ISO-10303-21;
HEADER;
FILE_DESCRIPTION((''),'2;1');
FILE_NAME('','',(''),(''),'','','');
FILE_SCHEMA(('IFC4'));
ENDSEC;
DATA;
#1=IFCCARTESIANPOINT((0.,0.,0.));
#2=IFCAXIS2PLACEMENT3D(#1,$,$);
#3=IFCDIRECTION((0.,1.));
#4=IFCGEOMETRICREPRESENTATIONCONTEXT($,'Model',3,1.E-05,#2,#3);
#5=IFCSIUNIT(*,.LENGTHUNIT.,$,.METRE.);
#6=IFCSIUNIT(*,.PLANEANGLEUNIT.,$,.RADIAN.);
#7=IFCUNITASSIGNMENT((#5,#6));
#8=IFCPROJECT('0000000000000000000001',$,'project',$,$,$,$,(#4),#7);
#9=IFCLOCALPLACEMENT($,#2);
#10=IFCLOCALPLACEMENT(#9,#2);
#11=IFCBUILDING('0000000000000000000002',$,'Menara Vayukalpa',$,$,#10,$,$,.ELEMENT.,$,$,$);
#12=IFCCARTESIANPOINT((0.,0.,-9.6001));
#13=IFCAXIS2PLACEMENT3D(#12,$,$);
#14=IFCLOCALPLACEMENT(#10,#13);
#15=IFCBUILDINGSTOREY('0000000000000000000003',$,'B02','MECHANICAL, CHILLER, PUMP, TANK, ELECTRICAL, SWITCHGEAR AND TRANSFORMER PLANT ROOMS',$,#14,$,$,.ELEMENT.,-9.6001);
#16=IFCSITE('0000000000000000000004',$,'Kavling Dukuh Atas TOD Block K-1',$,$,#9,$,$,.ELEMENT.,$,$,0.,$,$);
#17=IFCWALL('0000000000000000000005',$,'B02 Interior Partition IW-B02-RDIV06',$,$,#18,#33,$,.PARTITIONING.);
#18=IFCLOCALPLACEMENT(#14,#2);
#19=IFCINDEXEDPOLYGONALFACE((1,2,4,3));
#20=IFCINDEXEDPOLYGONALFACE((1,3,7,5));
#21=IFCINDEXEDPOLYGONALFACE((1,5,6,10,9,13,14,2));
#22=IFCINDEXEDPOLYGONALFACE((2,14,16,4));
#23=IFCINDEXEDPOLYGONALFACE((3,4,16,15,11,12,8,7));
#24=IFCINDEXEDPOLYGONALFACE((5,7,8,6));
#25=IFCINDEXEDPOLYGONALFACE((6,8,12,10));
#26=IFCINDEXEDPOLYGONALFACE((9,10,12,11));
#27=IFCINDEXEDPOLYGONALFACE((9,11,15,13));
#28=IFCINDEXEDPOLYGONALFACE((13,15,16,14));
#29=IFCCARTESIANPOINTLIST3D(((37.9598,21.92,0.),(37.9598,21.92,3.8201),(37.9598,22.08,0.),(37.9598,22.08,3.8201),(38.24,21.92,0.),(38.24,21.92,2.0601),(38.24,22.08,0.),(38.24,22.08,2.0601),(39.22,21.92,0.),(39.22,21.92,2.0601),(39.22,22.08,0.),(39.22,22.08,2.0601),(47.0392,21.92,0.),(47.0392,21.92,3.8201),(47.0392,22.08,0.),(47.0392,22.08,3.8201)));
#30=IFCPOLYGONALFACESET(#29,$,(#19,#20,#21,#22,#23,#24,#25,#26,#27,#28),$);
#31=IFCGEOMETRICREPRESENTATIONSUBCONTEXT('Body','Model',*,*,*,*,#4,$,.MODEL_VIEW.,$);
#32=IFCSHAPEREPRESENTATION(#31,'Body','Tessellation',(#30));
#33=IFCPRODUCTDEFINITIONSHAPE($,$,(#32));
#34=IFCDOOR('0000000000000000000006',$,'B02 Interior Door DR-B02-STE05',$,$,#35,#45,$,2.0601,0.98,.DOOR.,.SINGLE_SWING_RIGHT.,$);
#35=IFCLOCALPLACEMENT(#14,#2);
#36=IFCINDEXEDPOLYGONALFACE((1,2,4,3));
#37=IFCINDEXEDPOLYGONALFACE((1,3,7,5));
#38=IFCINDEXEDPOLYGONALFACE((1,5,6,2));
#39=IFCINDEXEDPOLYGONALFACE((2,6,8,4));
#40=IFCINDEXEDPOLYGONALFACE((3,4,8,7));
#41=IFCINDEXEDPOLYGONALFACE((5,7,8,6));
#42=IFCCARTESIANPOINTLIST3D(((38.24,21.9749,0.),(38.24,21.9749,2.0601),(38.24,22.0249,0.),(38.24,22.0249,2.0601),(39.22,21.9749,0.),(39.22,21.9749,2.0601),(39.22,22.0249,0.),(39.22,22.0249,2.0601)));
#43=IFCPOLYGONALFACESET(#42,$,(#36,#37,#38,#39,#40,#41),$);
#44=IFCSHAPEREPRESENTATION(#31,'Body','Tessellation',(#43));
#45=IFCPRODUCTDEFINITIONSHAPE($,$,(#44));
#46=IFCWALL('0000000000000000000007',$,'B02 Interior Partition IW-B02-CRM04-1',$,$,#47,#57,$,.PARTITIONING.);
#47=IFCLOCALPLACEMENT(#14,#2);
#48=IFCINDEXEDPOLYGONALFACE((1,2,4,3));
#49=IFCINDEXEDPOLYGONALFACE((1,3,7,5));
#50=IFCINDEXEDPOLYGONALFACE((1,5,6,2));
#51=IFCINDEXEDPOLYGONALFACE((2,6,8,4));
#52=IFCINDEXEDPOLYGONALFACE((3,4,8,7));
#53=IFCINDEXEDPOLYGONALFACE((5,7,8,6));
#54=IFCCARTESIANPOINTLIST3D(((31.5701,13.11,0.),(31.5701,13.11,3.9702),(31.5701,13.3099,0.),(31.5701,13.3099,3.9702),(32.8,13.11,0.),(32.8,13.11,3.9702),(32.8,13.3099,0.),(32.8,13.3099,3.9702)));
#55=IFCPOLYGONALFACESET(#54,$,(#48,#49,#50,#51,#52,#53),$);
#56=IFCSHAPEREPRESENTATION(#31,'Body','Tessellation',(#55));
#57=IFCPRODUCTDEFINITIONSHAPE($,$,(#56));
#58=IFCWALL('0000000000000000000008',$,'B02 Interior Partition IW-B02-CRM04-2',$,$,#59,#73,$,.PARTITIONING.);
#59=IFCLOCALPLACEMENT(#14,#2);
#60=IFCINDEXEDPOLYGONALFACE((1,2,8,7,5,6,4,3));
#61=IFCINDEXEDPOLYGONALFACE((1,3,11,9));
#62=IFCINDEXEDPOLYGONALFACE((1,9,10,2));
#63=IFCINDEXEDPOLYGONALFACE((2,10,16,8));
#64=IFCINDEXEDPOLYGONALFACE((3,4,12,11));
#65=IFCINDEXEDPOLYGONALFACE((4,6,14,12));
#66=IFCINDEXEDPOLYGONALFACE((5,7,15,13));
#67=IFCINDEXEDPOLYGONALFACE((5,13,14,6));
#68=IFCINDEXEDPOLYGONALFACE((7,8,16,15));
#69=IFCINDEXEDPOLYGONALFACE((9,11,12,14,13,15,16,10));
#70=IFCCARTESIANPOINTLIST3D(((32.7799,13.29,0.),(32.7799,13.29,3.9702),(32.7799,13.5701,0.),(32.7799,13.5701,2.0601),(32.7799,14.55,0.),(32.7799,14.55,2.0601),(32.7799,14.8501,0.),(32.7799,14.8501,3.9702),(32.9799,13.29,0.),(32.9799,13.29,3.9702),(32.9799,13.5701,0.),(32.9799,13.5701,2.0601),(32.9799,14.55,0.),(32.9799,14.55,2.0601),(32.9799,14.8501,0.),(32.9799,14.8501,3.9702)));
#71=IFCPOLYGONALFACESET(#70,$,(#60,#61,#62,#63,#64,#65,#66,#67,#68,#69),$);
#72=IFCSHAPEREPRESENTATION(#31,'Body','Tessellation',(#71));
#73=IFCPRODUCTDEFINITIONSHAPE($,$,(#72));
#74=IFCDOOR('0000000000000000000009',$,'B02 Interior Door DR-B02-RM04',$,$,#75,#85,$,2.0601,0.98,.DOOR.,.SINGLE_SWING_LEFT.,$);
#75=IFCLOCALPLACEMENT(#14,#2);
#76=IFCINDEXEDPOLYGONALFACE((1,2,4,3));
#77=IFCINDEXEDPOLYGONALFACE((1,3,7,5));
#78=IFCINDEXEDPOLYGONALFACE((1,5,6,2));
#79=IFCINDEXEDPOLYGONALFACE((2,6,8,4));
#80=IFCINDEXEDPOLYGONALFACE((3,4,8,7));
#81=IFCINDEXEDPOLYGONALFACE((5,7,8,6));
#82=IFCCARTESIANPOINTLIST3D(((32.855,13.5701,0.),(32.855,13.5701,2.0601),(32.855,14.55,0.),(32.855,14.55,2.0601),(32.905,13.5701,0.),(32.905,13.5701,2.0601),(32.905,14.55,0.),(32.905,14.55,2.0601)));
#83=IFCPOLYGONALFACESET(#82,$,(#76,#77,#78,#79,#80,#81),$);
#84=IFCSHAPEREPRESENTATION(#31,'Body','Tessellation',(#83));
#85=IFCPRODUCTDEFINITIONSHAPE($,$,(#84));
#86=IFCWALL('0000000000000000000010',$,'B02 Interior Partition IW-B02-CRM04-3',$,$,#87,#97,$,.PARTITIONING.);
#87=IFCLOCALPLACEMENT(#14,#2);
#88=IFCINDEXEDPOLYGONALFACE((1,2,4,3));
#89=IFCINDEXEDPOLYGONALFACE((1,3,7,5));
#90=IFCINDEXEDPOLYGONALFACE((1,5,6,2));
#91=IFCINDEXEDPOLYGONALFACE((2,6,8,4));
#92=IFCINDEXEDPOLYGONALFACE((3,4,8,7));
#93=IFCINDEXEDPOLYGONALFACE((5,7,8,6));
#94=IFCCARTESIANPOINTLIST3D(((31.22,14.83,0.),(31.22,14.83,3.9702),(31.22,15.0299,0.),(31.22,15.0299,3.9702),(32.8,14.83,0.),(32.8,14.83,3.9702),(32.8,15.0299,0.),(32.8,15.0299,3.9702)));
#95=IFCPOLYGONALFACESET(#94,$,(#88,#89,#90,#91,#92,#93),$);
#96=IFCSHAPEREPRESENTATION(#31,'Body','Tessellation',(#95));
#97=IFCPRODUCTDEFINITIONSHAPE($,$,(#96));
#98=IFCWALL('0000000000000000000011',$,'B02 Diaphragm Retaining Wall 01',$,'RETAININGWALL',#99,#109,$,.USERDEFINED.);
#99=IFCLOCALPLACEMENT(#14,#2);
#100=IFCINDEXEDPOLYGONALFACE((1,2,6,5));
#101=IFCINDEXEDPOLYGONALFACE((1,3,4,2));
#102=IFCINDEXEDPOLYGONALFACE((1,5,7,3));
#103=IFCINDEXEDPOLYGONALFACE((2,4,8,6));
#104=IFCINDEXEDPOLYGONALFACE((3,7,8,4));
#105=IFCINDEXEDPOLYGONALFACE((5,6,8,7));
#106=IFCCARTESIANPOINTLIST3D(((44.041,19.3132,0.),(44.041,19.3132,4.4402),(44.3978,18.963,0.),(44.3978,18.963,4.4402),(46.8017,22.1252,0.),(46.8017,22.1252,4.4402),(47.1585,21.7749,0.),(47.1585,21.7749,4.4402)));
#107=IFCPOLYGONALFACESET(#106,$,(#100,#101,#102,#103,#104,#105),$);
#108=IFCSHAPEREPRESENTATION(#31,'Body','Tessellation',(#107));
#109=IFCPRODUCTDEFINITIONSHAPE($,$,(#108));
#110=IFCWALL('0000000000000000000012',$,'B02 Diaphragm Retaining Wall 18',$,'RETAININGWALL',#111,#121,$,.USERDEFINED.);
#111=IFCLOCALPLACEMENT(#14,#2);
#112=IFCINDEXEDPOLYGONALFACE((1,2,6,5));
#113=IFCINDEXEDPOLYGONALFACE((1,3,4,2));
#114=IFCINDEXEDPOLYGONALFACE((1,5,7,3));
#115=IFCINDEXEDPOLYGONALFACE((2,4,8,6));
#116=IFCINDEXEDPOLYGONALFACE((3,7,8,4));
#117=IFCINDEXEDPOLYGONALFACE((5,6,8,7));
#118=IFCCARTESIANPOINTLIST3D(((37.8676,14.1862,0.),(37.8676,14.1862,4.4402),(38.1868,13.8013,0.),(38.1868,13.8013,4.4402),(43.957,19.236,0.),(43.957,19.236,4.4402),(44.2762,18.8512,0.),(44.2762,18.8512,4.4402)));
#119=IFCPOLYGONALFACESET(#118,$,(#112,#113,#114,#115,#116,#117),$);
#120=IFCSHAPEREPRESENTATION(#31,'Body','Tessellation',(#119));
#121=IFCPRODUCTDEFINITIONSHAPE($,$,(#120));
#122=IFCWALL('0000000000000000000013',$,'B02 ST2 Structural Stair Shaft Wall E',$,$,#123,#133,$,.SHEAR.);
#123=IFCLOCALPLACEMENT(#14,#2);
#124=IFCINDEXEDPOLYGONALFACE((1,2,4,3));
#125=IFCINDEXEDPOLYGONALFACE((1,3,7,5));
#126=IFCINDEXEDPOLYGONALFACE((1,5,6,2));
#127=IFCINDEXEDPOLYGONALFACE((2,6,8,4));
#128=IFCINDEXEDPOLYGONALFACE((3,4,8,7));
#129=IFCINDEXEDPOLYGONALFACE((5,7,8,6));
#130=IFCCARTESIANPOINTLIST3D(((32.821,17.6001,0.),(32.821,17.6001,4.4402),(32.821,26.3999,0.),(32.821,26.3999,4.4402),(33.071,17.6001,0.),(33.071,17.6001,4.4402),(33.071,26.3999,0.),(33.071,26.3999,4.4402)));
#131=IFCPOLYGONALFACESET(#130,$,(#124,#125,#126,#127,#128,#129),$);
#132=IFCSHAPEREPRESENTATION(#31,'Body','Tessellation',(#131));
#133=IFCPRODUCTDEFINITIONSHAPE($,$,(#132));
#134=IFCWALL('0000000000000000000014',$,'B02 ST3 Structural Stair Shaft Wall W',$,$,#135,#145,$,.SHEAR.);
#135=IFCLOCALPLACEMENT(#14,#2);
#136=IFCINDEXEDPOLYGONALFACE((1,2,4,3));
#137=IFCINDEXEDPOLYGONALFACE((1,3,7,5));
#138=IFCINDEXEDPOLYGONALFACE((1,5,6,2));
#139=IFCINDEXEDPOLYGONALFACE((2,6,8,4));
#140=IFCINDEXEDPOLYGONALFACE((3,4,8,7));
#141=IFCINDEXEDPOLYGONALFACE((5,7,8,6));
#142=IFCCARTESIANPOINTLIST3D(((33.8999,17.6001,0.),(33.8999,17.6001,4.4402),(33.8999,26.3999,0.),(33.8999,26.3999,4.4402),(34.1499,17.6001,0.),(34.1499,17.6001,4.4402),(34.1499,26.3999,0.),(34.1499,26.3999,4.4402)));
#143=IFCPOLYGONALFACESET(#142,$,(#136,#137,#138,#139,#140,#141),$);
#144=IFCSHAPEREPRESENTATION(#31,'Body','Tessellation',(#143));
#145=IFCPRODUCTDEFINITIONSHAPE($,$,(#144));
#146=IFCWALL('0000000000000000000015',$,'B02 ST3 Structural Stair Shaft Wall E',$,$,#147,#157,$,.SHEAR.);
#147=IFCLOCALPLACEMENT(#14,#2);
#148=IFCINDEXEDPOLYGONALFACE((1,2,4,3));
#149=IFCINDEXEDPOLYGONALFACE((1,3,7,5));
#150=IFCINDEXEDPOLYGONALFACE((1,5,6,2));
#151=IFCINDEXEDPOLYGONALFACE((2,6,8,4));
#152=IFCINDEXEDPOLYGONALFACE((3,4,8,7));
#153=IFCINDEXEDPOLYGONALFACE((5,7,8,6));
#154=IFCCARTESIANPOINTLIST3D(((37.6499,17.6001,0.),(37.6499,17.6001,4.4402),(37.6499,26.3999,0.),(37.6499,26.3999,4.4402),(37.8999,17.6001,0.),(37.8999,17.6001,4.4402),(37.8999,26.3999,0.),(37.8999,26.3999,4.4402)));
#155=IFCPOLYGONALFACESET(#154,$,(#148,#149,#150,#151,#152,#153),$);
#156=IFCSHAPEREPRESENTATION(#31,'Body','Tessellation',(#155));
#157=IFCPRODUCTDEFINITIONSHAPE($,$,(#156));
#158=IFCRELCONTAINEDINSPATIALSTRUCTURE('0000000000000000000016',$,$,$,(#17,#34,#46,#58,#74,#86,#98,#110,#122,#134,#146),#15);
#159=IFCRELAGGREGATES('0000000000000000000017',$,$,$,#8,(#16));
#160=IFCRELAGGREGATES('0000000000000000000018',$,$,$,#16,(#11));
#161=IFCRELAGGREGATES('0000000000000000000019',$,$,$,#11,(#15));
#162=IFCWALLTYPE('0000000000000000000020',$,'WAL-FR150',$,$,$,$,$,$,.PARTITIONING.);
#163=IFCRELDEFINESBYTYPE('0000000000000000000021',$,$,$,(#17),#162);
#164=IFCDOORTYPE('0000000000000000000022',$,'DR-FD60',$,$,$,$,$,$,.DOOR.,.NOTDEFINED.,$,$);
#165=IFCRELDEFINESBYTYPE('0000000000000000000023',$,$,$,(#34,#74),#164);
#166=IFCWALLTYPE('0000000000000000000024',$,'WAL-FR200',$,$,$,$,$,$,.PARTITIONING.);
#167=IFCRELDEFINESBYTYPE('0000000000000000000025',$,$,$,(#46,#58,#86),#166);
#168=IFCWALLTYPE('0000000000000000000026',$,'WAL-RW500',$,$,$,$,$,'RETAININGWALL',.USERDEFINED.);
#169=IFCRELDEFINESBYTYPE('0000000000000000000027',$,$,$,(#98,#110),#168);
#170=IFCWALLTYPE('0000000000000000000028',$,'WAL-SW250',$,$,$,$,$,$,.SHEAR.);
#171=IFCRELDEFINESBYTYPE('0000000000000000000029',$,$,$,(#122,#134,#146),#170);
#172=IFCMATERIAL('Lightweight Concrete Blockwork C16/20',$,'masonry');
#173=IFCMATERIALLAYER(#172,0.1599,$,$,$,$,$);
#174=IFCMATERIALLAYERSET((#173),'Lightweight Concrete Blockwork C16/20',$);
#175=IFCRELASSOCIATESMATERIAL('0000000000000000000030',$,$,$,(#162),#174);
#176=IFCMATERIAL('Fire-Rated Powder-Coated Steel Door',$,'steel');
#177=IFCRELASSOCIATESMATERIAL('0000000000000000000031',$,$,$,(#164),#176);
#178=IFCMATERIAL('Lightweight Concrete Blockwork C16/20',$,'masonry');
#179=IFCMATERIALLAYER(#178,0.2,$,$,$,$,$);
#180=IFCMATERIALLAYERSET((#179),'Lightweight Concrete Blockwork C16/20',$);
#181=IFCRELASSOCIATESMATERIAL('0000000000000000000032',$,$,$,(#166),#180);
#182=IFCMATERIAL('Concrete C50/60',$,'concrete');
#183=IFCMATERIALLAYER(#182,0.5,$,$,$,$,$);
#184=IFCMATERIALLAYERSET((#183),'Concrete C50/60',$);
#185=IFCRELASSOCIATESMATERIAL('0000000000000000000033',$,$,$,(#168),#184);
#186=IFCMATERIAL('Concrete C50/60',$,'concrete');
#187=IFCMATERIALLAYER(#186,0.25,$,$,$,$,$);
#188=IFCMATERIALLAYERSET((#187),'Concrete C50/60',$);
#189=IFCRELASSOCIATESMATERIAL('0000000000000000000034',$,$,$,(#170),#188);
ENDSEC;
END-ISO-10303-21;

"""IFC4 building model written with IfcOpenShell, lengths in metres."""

from ifc_helpers import new_model, si_unit, direction, frame, frame_2d, origin, place, context, subcontext, project, spatial, rectangle, extrude, material, layer, layer_set, type_object, element, fill, save


model = new_model("IFC4")

# Units and contexts
model_context = context("Model", 3, precision=1e-05, world=origin(), true_north=direction((0.0, 1.0)))
body_context = subcontext(model_context, "Body", "Model", "MODEL_VIEW")
ifc_project = project(units=[si_unit("LENGTHUNIT", "METRE"), si_unit("PLANEANGLEUNIT", "RADIAN")], contexts=[model_context])

# Site, building, storey
site_placement = place(None, origin())
site = spatial("IfcSite", under=ifc_project, at=site_placement, Name="Kavling Dukuh Atas TOD Block K-1", CompositionType="ELEMENT", RefElevation=0.0)
building_placement = place(site_placement, origin())
building = spatial("IfcBuilding", under=site, at=building_placement, Name="Menara Vayukalpa", CompositionType="ELEMENT")
storey_placement = place(building_placement, frame((0.0, 0.0, -9.6001)))
storey = spatial("IfcBuildingStorey", under=building, at=storey_placement, Name="B02", Description="MECHANICAL, CHILLER, PUMP, TANK, ELECTRICAL, SWITCHGEAR AND TRANSFORMER PLANT ROOMS", CompositionType="ELEMENT", Elevation=-9.6001)

# Wall, opening, door
ifc_material_1 = material(Name="Lightweight Concrete Blockwork C16/20", Category="masonry")
ifc_layer_1 = layer(ifc_material_1, 0.1599)
ifc_layer_set_1 = layer_set([ifc_layer_1], Name="Lightweight Concrete Blockwork C16/20")
wall_type_1 = type_object("IfcWallType", Name="WAL-FR150", PredefinedType="PARTITIONING", material=ifc_layer_set_1)
wall_1_placement = place(storey_placement, frame((37.96, 22.0, 0.0), z_axis=(0.0, 0.0, 1.0), x_axis=(1.0, 0.0, 0.0)))
wall_1 = element("IfcWall", 1, at=wall_1_placement, inside=storey, type_object=wall_type_1, Name="B02 Interior Partition IW-B02-RDIV06", PredefinedType="PARTITIONING", context=body_context, shape_type="SweptSolid", body=[
    extrude(rectangle(XDim=9.0793, YDim=0.1599, at=frame_2d((4.5396, 0.0))), origin(), (0.0, 0.0, 1.0), 3.8201),
])
opening_1_placement = place(wall_1_placement, frame((0.28, 0.0, 0.0)))
opening_1 = element("IfcOpeningElement", 2, at=opening_1_placement, cuts=wall_1, PredefinedType="OPENING", context=body_context, shape_type="SweptSolid", body=[
    extrude(rectangle(XDim=0.98, YDim=2.0601, at=frame_2d((0.49, 1.03))), frame((0.0, 0.0898, 0.0), z_axis=(0.0, -1.0, 0.0), x_axis=(1.0, 0.0, 0.0)), (0.0, 0.0, 1.0), 0.1799),
])
ifc_material_2 = material(Name="Fire-Rated Powder-Coated Steel Door", Category="steel")
door_type_1 = type_object("IfcDoorType", Name="DR-FD60", OperationType="NOTDEFINED", PredefinedType="DOOR", material=ifc_material_2)
door_1_placement = place(opening_1_placement, origin())
door_1 = element("IfcDoor", 3, at=door_1_placement, inside=storey, type_object=door_type_1, Name="B02 Interior Door DR-B02-STE05", OperationType="SINGLE_SWING_RIGHT", OverallHeight=2.0601, OverallWidth=0.98, PredefinedType="DOOR", context=body_context, shape_type="SweptSolid", body=[
    extrude(rectangle(XDim=0.98, YDim=2.0601, at=frame_2d((0.49, 1.03))), frame((0.0, 0.0249, 0.0), z_axis=(0.0, -1.0, 0.0), x_axis=(1.0, 0.0, 0.0)), (0.0, 0.0, 1.0), 0.05),
])
fill(opening_1, door_1)

# Wall
ifc_material_3 = material(Name="Lightweight Concrete Blockwork C16/20", Category="masonry")
ifc_layer_2 = layer(ifc_material_3, 0.2)
ifc_layer_set_2 = layer_set([ifc_layer_2], Name="Lightweight Concrete Blockwork C16/20")
wall_type_2 = type_object("IfcWallType", Name="WAL-FR200", PredefinedType="PARTITIONING", material=ifc_layer_set_2)
wall_2_placement = place(storey_placement, frame((31.5701, 13.21, 0.0), z_axis=(0.0, 0.0, 1.0), x_axis=(1.0, 0.0, 0.0)))
element("IfcWall", 4, at=wall_2_placement, inside=storey, type_object=wall_type_2, Name="B02 Interior Partition IW-B02-CRM04-1", PredefinedType="PARTITIONING", context=body_context, shape_type="SweptSolid", body=[
    extrude(rectangle(XDim=1.23, YDim=0.2, at=frame_2d((0.615, 0.0))), origin(), (0.0, 0.0, 1.0), 3.9702),
])

# Wall, opening, door
wall_3_placement = place(storey_placement, frame((32.8799, 13.29, 0.0), z_axis=(0.0, 0.0, 1.0), x_axis=(0.0, 1.0, 0.0)))
wall_3 = element("IfcWall", 5, at=wall_3_placement, inside=storey, type_object=wall_type_2, Name="B02 Interior Partition IW-B02-CRM04-2", PredefinedType="PARTITIONING", context=body_context, shape_type="SweptSolid", body=[
    extrude(rectangle(XDim=1.5601, YDim=0.2, at=frame_2d((0.78, 0.0))), origin(), (0.0, 0.0, 1.0), 3.9702),
])
opening_2_placement = place(wall_3_placement, frame((0.28, 0.0, 0.0)))
opening_2 = element("IfcOpeningElement", 6, at=opening_2_placement, cuts=wall_3, PredefinedType="OPENING", context=body_context, shape_type="SweptSolid", body=[
    extrude(rectangle(XDim=0.98, YDim=2.0601, at=frame_2d((0.49, 1.03))), frame((0.0, 0.1099, 0.0), z_axis=(0.0, -1.0, 0.0), x_axis=(1.0, 0.0, 0.0)), (0.0, 0.0, 1.0), 0.22),
])
door_2_placement = place(opening_2_placement, origin())
door_2 = element("IfcDoor", 7, at=door_2_placement, inside=storey, type_object=door_type_1, Name="B02 Interior Door DR-B02-RM04", OperationType="SINGLE_SWING_LEFT", OverallHeight=2.0601, OverallWidth=0.98, PredefinedType="DOOR", context=body_context, shape_type="SweptSolid", body=[
    extrude(rectangle(XDim=0.98, YDim=2.0601, at=frame_2d((0.49, 1.03))), frame((0.0, 0.0249, 0.0), z_axis=(0.0, -1.0, 0.0), x_axis=(1.0, 0.0, 0.0)), (0.0, 0.0, 1.0), 0.05),
])
fill(opening_2, door_2)

# Walls
wall_4_placement = place(storey_placement, frame((32.8, 14.9299, 0.0), z_axis=(0.0, 0.0, 1.0), x_axis=(-1.0, 0.0, 0.0)))
element("IfcWall", 8, at=wall_4_placement, inside=storey, type_object=wall_type_2, Name="B02 Interior Partition IW-B02-CRM04-3", PredefinedType="PARTITIONING", context=body_context, shape_type="SweptSolid", body=[
    extrude(rectangle(XDim=1.5801, YDim=0.2, at=frame_2d((0.79, 0.0))), origin(), (0.0, 0.0, 1.0), 3.9702),
])
ifc_material_4 = material(Name="Concrete C50/60", Category="concrete")
ifc_layer_3 = layer(ifc_material_4, 0.5)
ifc_layer_set_3 = layer_set([ifc_layer_3], Name="Concrete C50/60")
wall_type_3 = type_object("IfcWallType", Name="WAL-RW500", ElementType="RETAININGWALL", PredefinedType="USERDEFINED", material=ifc_layer_set_3)
wall_5_placement = place(storey_placement, frame((44.2195, 19.1382, 0.0), z_axis=(0.0, 0.0, 1.0), x_axis=(0.700572, 0.713582, 0.0)))
element("IfcWall", 9, at=wall_5_placement, inside=storey, type_object=wall_type_3, Name="B02 Diaphragm Retaining Wall 01", ObjectType="RETAININGWALL", PredefinedType="USERDEFINED", context=body_context, shape_type="SweptSolid", body=[
    extrude(rectangle(XDim=3.9407, YDim=0.5, at=frame_2d((1.9702, 0.0))), origin(), (0.0, 0.0, 1.0), 4.4402),
])
wall_6_placement = place(storey_placement, frame((38.0271, 13.9937, 0.0), z_axis=(0.0, 0.0, 1.0), x_axis=(0.769752, 0.638343, 0.0)))
element("IfcWall", 10, at=wall_6_placement, inside=storey, type_object=wall_type_3, Name="B02 Diaphragm Retaining Wall 18", ObjectType="RETAININGWALL", PredefinedType="USERDEFINED", context=body_context, shape_type="SweptSolid", body=[
    extrude(rectangle(XDim=7.9109, YDim=0.5, at=frame_2d((3.9556, 0.0))), origin(), (0.0, 0.0, 1.0), 4.4402),
])
ifc_material_5 = material(Name="Concrete C50/60", Category="concrete")
ifc_layer_4 = layer(ifc_material_5, 0.25)
ifc_layer_set_4 = layer_set([ifc_layer_4], Name="Concrete C50/60")
wall_type_4 = type_object("IfcWallType", Name="WAL-SW250", PredefinedType="SHEAR", material=ifc_layer_set_4)
for number, where, z_axis, x_axis, name in (
    (11, (32.946, 17.6001, 0.0), (0.0, 0.0, 1.0), (0.0, 1.0, 0.0), "B02 ST2 Structural Stair Shaft Wall E"),
    (12, (34.0249, 17.6001, 0.0), (0.0, 0.0, 1.0), (0.0, 1.0, 0.0), "B02 ST3 Structural Stair Shaft Wall W"),
    (13, (37.7749, 17.6001, 0.0), (0.0, 0.0, 1.0), (0.0, 1.0, 0.0), "B02 ST3 Structural Stair Shaft Wall E"),
):
    element("IfcWall", number, at=place(storey_placement, frame(where, z_axis=z_axis, x_axis=x_axis)), inside=storey, type_object=wall_type_4, Name=name, PredefinedType="SHEAR", context=body_context, shape_type="SweptSolid", body=[
        extrude(rectangle(XDim=8.7998, YDim=0.25, at=frame_2d((4.3999, 0.0))), origin(), (0.0, 0.0, 1.0), 4.4402),
    ])

save(model, "model.ifc")
